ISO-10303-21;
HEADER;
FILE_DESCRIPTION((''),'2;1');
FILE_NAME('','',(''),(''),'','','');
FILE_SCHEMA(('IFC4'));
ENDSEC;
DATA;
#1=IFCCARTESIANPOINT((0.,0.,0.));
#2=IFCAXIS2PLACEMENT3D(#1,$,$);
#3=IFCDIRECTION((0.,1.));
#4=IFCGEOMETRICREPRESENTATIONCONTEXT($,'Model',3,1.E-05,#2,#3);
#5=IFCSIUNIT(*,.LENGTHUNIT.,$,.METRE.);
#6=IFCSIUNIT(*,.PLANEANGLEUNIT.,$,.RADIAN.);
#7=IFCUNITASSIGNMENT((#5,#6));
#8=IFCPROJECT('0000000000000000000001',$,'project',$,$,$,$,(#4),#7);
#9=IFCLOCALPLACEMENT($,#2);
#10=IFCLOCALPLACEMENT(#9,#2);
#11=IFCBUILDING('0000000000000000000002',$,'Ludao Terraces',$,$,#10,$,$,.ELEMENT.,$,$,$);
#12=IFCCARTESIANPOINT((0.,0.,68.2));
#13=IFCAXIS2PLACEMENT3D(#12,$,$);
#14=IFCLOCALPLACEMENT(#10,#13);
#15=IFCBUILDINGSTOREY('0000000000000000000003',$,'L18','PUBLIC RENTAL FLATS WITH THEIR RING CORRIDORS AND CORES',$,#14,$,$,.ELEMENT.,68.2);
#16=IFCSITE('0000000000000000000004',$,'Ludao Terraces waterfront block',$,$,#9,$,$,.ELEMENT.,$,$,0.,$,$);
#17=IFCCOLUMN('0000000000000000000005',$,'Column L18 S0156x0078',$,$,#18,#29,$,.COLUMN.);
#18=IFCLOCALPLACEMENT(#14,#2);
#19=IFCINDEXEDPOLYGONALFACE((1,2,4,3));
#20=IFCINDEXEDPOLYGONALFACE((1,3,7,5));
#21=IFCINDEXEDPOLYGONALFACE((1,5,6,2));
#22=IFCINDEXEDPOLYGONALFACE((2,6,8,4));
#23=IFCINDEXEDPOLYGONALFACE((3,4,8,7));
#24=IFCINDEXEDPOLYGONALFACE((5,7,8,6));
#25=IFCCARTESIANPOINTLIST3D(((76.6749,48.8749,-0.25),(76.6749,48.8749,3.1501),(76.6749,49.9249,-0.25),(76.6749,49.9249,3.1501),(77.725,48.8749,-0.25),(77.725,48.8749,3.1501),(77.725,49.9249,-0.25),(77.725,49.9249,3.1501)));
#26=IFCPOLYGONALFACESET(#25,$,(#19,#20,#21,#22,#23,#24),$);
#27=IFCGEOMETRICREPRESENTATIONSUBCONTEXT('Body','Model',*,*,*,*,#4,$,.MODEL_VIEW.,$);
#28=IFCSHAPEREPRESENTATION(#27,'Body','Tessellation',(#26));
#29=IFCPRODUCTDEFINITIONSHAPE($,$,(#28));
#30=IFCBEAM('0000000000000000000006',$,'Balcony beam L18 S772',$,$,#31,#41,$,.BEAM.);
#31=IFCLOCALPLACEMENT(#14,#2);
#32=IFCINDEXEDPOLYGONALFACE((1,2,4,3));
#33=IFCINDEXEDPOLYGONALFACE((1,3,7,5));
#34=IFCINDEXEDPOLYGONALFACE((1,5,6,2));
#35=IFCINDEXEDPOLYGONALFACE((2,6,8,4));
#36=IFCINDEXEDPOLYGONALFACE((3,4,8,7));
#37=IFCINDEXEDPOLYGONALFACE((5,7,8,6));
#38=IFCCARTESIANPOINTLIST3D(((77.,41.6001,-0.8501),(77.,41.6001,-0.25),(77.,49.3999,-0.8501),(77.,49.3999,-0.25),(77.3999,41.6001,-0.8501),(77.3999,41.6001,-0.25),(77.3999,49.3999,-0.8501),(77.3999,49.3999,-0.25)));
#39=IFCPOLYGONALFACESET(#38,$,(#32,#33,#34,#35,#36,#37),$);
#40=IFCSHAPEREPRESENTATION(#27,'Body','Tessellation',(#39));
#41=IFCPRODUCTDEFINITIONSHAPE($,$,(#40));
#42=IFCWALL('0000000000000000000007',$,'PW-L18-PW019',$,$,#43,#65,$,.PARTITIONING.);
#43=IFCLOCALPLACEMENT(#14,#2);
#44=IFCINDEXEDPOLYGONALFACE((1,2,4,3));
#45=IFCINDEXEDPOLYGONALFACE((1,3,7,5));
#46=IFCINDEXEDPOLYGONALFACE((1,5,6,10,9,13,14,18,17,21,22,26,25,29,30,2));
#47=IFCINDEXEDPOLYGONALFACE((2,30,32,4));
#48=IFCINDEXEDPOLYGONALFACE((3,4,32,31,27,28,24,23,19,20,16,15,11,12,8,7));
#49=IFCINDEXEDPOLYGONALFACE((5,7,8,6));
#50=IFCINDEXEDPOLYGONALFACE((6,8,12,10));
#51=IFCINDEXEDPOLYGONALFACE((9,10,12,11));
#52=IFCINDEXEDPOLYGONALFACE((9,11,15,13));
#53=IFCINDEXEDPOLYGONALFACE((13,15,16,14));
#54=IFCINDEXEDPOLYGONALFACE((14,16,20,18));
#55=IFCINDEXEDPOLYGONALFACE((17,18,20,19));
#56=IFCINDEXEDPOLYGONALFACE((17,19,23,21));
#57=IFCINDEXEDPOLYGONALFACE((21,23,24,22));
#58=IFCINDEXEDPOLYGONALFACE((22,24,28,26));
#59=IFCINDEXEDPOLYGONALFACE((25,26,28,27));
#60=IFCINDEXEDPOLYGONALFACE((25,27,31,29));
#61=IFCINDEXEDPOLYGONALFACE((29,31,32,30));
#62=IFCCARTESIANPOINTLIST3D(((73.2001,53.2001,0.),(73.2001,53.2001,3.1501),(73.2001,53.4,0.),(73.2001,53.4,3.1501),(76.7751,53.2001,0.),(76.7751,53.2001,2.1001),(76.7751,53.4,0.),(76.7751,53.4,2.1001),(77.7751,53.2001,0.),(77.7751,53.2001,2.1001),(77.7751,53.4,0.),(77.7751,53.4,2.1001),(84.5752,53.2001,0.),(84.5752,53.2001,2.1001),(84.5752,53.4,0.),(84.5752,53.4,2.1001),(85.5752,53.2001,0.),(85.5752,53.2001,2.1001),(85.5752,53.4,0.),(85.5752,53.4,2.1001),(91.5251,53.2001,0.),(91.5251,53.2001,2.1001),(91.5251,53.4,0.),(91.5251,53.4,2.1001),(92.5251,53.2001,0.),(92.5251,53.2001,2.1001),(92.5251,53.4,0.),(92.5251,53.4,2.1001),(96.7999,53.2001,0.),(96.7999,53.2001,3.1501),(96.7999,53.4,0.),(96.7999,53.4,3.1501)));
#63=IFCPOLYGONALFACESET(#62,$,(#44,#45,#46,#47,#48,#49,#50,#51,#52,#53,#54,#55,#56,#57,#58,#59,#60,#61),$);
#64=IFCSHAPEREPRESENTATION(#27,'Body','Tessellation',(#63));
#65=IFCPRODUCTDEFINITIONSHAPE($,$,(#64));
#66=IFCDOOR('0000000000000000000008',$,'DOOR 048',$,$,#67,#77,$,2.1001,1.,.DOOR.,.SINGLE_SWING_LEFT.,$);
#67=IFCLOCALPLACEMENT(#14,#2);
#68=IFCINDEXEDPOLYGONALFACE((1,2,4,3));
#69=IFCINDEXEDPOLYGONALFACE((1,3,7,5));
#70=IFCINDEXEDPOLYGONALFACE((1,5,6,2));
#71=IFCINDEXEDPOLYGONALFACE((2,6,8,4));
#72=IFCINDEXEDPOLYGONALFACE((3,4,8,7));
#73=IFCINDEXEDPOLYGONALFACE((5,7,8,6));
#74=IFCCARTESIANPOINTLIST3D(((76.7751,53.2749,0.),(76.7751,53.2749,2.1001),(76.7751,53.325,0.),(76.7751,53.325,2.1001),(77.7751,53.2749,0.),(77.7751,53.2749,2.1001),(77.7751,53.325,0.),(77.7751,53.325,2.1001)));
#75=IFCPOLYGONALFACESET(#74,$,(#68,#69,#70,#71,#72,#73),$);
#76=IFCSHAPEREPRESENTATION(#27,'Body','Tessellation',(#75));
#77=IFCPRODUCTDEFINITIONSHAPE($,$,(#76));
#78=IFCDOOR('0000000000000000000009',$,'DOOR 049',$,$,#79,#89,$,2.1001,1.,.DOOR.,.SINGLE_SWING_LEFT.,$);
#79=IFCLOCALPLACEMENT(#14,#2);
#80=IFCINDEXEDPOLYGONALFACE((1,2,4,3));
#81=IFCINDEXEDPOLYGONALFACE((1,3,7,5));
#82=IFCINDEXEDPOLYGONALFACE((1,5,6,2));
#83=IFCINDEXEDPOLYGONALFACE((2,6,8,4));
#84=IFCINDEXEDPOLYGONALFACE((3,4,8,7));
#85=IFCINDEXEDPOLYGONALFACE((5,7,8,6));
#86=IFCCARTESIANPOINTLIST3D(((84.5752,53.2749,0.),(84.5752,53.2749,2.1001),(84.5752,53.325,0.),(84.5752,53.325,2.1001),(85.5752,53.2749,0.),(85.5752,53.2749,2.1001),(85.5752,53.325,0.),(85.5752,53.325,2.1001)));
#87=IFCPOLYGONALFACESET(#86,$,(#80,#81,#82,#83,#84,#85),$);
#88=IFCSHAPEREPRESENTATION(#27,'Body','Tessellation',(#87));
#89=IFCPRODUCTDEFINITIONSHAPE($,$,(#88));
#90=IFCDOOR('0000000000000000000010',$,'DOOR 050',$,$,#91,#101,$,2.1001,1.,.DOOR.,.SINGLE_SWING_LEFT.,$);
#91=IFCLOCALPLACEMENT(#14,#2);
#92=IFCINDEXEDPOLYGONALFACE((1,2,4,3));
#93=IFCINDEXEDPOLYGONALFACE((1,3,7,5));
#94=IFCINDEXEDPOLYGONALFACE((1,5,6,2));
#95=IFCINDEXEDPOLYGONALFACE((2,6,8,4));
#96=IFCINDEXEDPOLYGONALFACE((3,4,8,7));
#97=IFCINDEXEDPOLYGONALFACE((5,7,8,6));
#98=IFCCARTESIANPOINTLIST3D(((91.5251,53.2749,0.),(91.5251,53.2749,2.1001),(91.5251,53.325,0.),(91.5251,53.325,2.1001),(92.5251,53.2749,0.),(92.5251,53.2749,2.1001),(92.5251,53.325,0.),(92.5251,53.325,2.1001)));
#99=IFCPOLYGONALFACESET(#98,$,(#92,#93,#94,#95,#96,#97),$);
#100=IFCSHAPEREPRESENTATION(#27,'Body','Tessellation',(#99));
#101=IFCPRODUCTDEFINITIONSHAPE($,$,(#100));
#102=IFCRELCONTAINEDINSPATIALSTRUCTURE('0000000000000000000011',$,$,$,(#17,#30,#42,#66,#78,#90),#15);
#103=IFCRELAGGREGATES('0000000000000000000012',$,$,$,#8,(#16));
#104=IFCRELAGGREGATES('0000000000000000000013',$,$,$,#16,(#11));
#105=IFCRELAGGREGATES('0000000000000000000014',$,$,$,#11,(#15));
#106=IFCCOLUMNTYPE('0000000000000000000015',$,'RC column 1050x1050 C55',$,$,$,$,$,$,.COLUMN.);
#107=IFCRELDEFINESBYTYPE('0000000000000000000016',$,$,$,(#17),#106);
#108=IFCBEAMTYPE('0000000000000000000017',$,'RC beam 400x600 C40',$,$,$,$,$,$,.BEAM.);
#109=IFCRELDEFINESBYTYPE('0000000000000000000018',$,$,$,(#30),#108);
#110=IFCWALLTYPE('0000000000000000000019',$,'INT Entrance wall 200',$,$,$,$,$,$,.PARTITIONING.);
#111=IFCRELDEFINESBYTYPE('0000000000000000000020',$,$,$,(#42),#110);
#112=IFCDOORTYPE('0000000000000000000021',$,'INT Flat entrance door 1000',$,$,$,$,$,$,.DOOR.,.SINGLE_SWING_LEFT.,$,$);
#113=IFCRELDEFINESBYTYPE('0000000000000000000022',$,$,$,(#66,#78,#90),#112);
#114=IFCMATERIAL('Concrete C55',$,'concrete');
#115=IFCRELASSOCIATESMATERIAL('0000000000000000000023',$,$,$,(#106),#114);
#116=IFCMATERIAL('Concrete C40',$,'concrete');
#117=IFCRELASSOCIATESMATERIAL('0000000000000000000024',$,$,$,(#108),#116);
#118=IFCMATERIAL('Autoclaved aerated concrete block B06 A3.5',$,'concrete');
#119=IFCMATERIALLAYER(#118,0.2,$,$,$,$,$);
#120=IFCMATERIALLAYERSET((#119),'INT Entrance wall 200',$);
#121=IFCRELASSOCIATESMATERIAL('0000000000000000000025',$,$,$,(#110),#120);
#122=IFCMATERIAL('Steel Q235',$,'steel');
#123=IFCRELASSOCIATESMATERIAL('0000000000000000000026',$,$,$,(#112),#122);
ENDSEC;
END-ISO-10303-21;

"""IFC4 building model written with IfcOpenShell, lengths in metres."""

from ifc_helpers import new_model, si_unit, direction, frame, frame_2d, origin, origin_2d, place, context, subcontext, project, spatial, rectangle, extrude, material, layer, layer_set, material_profile, profile_set, type_object, element, fill, save


model = new_model("IFC4")

# Units and contexts
model_context = context("Model", 3, precision=1e-05, world=origin(), true_north=direction((0.0, 1.0)))
body_context = subcontext(model_context, "Body", "Model", "MODEL_VIEW")
ifc_project = project(units=[si_unit("LENGTHUNIT", "METRE"), si_unit("PLANEANGLEUNIT", "RADIAN")], contexts=[model_context])

# Site, building, storey
site_placement = place(None, origin())
site = spatial("IfcSite", under=ifc_project, at=site_placement, Name="Ludao Terraces waterfront block", CompositionType="ELEMENT", RefElevation=0.0)
building_placement = place(site_placement, origin())
building = spatial("IfcBuilding", under=site, at=building_placement, Name="Ludao Terraces", CompositionType="ELEMENT")
storey_placement = place(building_placement, frame((0.0, 0.0, 68.2)))
storey = spatial("IfcBuildingStorey", under=building, at=storey_placement, Name="L18", Description="PUBLIC RENTAL FLATS WITH THEIR RING CORRIDORS AND CORES", CompositionType="ELEMENT", Elevation=68.2)

# Column
ifc_material_1 = material(Name="Concrete C55", Category="concrete")
ifc_material_profile_1 = material_profile(ifc_material_1, rectangle(XDim=1.05, YDim=1.05, at=origin_2d()), Name="1050 X 1050")
ifc_profile_set_1 = profile_set([ifc_material_profile_1], Name="Concrete C55")
column_type = type_object("IfcColumnType", Name="RC column 1050x1050 C55", PredefinedType="COLUMN", material=ifc_profile_set_1)
column_placement = place(storey_placement, frame((77.2, 49.3999, -0.25), z_axis=(0.0, 0.0, 1.0), x_axis=(1.0, 0.0, 0.0)))
element("IfcColumn", 1, at=column_placement, inside=storey, type_object=column_type, Name="Column L18 S0156x0078", PredefinedType="COLUMN", context=body_context, shape_type="SweptSolid", body=[
    extrude(rectangle(XDim=1.05, YDim=1.05, at=origin_2d()), origin(), (0.0, 0.0, 1.0), 3.4001),
])

# Beam
ifc_material_2 = material(Name="Concrete C40", Category="concrete")
ifc_material_profile_2 = material_profile(ifc_material_2, rectangle(XDim=0.3999, YDim=0.6001, at=origin_2d()), Name="400 X 600")
ifc_profile_set_2 = profile_set([ifc_material_profile_2], Name="Concrete C40")
beam_type = type_object("IfcBeamType", Name="RC beam 400x600 C40", PredefinedType="BEAM", material=ifc_profile_set_2)
beam_placement = place(storey_placement, frame((77.2, 49.3999, -0.55), z_axis=(0.0, -1.0, 0.0), x_axis=(1.0, 0.0, 0.0)))
element("IfcBeam", 2, at=beam_placement, inside=storey, type_object=beam_type, Name="Balcony beam L18 S772", PredefinedType="BEAM", context=body_context, shape_type="SweptSolid", body=[
    extrude(rectangle(XDim=0.3999, YDim=0.6001, at=origin_2d()), origin(), (0.0, 0.0, 1.0), 7.7998),
])

# Wall, openings, doors
ifc_material_3 = material(Name="Autoclaved aerated concrete block B06 A3.5", Category="concrete")
ifc_layer_1 = layer(ifc_material_3, 0.2)
ifc_layer_set_1 = layer_set([ifc_layer_1], Name="INT Entrance wall 200")
wall_type_1 = type_object("IfcWallType", Name="INT Entrance wall 200", PredefinedType="PARTITIONING", material=ifc_layer_set_1)
wall_1_placement = place(storey_placement, frame((73.2002, 53.3, 0.0), z_axis=(0.0, 0.0, 1.0), x_axis=(1.0, 0.0, 0.0)))
wall_1 = element("IfcWall", 3, at=wall_1_placement, inside=storey, type_object=wall_type_1, Name="PW-L18-PW019", PredefinedType="PARTITIONING", context=body_context, shape_type="SweptSolid", body=[
    extrude(rectangle(XDim=23.5999, YDim=0.2, at=frame_2d((11.7998, 0.0))), origin(), (0.0, 0.0, 1.0), 3.1501),
])
opening_1_placement = place(wall_1_placement, frame((3.575, 0.0, 0.0)))
opening_1 = element("IfcOpeningElement", 4, at=opening_1_placement, cuts=wall_1, PredefinedType="OPENING", context=body_context, shape_type="SweptSolid", body=[
    extrude(rectangle(XDim=1.0, YDim=2.1001, at=frame_2d((0.5, 1.05))), frame((0.0, 0.1099, 0.0), z_axis=(0.0, -1.0, 0.0), x_axis=(1.0, 0.0, 0.0)), (0.0, 0.0, 1.0), 0.22),
])
opening_2_placement = place(wall_1_placement, frame((11.375, 0.0, 0.0)))
opening_2 = element("IfcOpeningElement", 5, at=opening_2_placement, cuts=wall_1, PredefinedType="OPENING", context=body_context, shape_type="SweptSolid", body=[
    extrude(rectangle(XDim=1.0, YDim=2.1001, at=frame_2d((0.5, 1.05))), frame((0.0, 0.1099, 0.0), z_axis=(0.0, -1.0, 0.0), x_axis=(1.0, 0.0, 0.0)), (0.0, 0.0, 1.0), 0.22),
])
opening_3_placement = place(wall_1_placement, frame((18.325, 0.0, 0.0)))
opening_3 = element("IfcOpeningElement", 6, at=opening_3_placement, cuts=wall_1, PredefinedType="OPENING", context=body_context, shape_type="SweptSolid", body=[
    extrude(rectangle(XDim=1.0, YDim=2.1001, at=frame_2d((0.5, 1.05))), frame((0.0, 0.1099, 0.0), z_axis=(0.0, -1.0, 0.0), x_axis=(1.0, 0.0, 0.0)), (0.0, 0.0, 1.0), 0.22),
])
ifc_material_4 = material(Name="Steel Q235", Category="steel")
door_type_1 = type_object("IfcDoorType", Name="INT Flat entrance door 1000", OperationType="SINGLE_SWING_LEFT", PredefinedType="DOOR", material=ifc_material_4)
door_1_placement = place(opening_1_placement, origin())
door_1 = element("IfcDoor", 7, at=door_1_placement, inside=storey, type_object=door_type_1, Name="DOOR 048", OperationType="SINGLE_SWING_LEFT", OverallHeight=2.1001, OverallWidth=1.0, PredefinedType="DOOR", context=body_context, shape_type="SweptSolid", body=[
    extrude(rectangle(XDim=1.0, YDim=2.1001, at=frame_2d((0.5, 1.05))), frame((0.0, 0.0249, 0.0), z_axis=(0.0, -1.0, 0.0), x_axis=(1.0, 0.0, 0.0)), (0.0, 0.0, 1.0), 0.05),
])
fill(opening_1, door_1)
door_2_placement = place(opening_2_placement, origin())
door_2 = element("IfcDoor", 8, at=door_2_placement, inside=storey, type_object=door_type_1, Name="DOOR 049", OperationType="SINGLE_SWING_LEFT", OverallHeight=2.1001, OverallWidth=1.0, PredefinedType="DOOR", context=body_context, shape_type="SweptSolid", body=[
    extrude(rectangle(XDim=1.0, YDim=2.1001, at=frame_2d((0.5, 1.05))), frame((0.0, 0.0249, 0.0), z_axis=(0.0, -1.0, 0.0), x_axis=(1.0, 0.0, 0.0)), (0.0, 0.0, 1.0), 0.05),
])
fill(opening_2, door_2)
door_3_placement = place(opening_3_placement, origin())
door_3 = element("IfcDoor", 9, at=door_3_placement, inside=storey, type_object=door_type_1, Name="DOOR 050", OperationType="SINGLE_SWING_LEFT", OverallHeight=2.1001, OverallWidth=1.0, PredefinedType="DOOR", context=body_context, shape_type="SweptSolid", body=[
    extrude(rectangle(XDim=1.0, YDim=2.1001, at=frame_2d((0.5, 1.05))), frame((0.0, 0.0249, 0.0), z_axis=(0.0, -1.0, 0.0), x_axis=(1.0, 0.0, 0.0)), (0.0, 0.0, 1.0), 0.05),
])
fill(opening_3, door_3)

save(model, "model.ifc")
